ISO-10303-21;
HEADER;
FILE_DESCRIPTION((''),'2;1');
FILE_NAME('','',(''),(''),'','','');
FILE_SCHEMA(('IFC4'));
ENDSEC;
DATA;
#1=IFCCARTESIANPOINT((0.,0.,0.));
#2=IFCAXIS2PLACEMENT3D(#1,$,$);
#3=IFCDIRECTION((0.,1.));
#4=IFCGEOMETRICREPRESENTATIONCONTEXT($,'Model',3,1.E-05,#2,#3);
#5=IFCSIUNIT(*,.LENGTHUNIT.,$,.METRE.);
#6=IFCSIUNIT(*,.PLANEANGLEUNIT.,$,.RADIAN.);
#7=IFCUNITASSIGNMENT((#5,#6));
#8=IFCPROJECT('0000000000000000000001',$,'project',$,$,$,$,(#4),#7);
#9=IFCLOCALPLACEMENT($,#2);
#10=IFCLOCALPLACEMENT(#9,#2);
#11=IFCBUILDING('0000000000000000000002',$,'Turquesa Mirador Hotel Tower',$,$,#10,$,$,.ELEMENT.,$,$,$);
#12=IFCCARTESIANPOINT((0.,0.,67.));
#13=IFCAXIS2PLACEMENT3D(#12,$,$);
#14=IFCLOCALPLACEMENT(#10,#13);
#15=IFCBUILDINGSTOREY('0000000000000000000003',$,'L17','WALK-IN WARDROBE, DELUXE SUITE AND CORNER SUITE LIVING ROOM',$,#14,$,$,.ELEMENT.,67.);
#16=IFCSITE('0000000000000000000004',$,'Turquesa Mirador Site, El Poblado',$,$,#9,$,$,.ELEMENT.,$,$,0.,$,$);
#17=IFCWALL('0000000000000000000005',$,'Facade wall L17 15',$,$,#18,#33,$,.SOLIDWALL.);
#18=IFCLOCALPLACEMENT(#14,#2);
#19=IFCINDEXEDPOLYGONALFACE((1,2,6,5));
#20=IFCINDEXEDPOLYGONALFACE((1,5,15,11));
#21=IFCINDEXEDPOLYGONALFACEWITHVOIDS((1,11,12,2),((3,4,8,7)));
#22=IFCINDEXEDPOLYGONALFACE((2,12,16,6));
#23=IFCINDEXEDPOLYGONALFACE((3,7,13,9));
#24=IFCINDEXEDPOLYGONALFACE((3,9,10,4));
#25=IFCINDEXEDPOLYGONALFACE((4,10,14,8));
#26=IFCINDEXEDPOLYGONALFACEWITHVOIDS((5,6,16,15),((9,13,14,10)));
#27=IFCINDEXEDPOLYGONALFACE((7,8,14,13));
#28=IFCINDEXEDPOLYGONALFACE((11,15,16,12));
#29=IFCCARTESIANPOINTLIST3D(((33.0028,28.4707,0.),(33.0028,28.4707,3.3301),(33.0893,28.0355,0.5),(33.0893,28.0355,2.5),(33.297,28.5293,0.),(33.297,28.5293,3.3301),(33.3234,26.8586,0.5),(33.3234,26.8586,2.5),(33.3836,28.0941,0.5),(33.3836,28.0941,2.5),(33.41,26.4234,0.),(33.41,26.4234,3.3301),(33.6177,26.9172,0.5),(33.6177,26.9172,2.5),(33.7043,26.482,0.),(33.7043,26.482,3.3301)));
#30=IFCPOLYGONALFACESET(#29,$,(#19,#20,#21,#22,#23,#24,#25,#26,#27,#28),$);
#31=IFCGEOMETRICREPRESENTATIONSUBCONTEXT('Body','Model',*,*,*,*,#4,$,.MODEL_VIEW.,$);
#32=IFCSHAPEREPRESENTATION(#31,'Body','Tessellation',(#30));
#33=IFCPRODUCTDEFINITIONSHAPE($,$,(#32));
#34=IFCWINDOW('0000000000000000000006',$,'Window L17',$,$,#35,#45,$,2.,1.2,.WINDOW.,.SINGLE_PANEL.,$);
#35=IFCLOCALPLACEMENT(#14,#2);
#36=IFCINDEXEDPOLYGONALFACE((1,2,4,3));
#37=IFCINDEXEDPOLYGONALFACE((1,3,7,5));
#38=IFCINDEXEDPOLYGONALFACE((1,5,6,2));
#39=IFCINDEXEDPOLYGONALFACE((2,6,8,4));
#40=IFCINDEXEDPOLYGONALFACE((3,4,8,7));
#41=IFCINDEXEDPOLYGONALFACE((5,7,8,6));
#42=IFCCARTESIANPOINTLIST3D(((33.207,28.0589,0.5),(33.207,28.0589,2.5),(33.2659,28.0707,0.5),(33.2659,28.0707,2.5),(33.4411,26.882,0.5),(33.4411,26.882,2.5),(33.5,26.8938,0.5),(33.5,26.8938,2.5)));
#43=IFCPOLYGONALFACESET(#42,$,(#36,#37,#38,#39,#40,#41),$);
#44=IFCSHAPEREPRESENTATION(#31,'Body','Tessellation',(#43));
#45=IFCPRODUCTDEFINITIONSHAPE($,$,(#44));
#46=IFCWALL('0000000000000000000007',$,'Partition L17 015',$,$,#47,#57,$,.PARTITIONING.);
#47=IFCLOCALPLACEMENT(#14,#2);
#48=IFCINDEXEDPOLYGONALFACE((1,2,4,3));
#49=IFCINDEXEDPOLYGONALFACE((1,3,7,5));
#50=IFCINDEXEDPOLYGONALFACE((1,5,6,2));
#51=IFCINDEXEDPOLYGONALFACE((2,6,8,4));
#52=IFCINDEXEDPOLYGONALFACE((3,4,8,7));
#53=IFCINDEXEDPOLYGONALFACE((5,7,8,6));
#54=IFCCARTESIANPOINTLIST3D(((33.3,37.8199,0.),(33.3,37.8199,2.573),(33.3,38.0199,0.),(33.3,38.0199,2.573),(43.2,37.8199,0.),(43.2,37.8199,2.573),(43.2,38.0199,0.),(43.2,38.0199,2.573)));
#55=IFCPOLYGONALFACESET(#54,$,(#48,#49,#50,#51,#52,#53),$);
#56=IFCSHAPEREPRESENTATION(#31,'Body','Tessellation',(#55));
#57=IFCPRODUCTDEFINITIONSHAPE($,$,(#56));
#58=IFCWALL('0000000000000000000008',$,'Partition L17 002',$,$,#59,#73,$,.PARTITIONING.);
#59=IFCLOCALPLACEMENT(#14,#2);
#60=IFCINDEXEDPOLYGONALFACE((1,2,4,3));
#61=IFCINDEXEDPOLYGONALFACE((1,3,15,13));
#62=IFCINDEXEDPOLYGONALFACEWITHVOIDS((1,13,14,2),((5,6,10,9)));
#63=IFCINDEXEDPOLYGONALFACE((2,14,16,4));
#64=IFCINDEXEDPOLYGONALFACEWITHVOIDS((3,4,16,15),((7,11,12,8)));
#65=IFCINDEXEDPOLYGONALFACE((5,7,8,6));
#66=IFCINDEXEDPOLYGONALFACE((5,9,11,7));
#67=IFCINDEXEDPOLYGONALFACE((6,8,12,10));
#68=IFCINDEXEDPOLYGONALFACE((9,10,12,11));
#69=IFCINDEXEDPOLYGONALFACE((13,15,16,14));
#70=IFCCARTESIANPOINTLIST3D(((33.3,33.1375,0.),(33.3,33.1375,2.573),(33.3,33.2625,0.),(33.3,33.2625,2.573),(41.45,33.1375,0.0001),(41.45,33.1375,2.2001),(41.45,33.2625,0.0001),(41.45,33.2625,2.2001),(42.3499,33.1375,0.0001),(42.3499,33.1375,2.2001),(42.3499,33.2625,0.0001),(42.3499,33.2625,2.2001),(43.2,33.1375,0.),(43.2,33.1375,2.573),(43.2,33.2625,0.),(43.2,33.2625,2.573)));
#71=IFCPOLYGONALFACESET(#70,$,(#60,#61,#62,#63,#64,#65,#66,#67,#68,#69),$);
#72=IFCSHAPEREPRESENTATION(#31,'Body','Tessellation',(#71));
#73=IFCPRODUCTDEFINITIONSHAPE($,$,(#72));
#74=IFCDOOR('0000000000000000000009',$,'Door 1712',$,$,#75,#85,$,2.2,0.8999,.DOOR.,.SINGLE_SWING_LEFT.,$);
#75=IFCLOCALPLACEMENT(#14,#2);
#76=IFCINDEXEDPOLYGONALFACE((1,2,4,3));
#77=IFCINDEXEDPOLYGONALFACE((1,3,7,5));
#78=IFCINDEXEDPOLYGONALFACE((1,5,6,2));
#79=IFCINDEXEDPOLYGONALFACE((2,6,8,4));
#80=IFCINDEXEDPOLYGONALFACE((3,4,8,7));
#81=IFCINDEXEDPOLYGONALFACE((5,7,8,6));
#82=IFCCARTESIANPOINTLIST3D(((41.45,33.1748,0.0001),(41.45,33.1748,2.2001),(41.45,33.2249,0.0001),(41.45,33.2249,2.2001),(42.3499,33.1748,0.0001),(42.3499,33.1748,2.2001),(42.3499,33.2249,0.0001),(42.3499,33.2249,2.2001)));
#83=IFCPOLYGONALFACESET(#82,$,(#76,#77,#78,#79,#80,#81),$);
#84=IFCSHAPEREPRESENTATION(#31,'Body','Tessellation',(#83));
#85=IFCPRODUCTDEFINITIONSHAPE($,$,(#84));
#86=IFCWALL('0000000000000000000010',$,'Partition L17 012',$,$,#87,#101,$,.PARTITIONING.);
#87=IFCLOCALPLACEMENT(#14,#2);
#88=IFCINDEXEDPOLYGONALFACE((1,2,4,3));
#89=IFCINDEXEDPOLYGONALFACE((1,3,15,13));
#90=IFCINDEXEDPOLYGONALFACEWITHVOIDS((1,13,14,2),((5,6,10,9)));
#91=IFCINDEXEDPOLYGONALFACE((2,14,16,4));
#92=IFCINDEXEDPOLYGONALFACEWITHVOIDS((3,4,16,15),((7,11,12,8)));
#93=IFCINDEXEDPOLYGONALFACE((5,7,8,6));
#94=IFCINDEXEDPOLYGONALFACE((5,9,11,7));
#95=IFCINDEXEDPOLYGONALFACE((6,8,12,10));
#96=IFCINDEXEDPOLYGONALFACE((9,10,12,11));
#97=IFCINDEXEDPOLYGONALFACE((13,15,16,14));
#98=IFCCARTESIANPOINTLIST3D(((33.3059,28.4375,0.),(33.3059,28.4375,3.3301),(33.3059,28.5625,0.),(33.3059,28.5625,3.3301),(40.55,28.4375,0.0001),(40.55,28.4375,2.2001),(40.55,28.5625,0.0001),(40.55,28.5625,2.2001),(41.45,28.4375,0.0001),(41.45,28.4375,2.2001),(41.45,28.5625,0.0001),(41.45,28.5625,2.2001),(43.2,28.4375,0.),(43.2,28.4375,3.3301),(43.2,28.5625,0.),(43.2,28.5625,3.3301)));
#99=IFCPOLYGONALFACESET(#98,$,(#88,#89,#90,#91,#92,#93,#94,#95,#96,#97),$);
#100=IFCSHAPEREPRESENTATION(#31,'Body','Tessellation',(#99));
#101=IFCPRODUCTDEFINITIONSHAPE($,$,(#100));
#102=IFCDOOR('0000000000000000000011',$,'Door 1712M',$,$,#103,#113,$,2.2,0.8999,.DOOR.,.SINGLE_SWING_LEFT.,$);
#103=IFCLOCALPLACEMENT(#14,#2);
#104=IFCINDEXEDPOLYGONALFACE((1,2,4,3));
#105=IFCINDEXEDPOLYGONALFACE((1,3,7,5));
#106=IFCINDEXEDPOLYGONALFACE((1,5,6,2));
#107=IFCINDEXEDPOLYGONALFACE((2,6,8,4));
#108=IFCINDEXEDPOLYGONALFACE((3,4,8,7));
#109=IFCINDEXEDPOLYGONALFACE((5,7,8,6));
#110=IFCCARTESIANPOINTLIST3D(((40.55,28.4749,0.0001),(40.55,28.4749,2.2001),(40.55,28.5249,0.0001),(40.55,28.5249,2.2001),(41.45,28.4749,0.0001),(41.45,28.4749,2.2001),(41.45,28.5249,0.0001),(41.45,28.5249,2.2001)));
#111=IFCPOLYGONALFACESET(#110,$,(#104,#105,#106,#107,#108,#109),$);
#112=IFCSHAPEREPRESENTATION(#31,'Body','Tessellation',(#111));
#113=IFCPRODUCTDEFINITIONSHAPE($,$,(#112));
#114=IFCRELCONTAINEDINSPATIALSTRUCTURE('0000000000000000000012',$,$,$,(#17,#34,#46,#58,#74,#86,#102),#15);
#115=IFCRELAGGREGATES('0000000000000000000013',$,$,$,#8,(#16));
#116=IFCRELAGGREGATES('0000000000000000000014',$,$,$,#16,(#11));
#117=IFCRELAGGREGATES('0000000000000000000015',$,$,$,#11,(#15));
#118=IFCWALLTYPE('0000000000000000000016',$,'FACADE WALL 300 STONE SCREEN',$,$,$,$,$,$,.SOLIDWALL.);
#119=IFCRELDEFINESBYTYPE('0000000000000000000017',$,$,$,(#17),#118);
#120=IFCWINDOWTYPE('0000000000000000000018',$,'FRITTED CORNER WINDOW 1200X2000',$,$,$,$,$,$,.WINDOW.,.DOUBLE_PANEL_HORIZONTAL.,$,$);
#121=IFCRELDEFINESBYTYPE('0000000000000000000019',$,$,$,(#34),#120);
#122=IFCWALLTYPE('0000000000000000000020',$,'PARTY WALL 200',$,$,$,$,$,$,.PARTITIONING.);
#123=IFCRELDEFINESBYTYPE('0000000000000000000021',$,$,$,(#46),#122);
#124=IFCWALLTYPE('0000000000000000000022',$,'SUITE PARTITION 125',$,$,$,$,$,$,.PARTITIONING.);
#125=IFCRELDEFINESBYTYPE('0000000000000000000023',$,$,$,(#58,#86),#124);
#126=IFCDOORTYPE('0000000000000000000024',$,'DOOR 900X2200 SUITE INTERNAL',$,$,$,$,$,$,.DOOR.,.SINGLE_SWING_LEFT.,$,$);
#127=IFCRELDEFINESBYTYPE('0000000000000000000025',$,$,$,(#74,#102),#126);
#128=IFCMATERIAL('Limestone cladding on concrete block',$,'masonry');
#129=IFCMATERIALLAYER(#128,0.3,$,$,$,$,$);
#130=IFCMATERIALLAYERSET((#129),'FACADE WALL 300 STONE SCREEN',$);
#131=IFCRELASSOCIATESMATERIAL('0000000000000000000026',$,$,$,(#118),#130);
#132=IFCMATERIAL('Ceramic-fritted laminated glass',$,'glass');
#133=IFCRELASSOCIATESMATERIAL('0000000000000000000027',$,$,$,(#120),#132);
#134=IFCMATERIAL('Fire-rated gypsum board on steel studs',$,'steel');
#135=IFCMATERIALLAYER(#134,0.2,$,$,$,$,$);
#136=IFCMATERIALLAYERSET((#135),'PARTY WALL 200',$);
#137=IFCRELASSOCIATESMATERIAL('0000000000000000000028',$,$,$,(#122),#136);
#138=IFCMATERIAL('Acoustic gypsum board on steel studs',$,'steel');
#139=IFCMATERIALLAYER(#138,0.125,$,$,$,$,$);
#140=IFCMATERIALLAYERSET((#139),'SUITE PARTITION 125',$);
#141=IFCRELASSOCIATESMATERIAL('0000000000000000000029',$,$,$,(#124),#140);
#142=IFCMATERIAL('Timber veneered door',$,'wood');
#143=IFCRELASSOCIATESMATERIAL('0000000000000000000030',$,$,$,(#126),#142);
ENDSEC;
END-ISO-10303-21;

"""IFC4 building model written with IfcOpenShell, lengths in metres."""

from ifc_helpers import new_model, si_unit, direction, frame, frame_2d, origin, place, context, subcontext, project, spatial, rectangle, extrude, material, layer, layer_set, type_object, element, fill, save


model = new_model("IFC4")

# Units and contexts
model_context = context("Model", 3, precision=1e-05, world=origin(), true_north=direction((0.0, 1.0)))
body_context = subcontext(model_context, "Body", "Model", "MODEL_VIEW")
ifc_project = project(units=[si_unit("LENGTHUNIT", "METRE"), si_unit("PLANEANGLEUNIT", "RADIAN")], contexts=[model_context])

# Site, building, storey
site_placement = place(None, origin())
site = spatial("IfcSite", under=ifc_project, at=site_placement, Name="Turquesa Mirador Site, El Poblado", CompositionType="ELEMENT", RefElevation=0.0)
building_placement = place(site_placement, origin())
building = spatial("IfcBuilding", under=site, at=building_placement, Name="Turquesa Mirador Hotel Tower", CompositionType="ELEMENT")
storey_placement = place(building_placement, frame((0.0, 0.0, 67.0)))
storey = spatial("IfcBuildingStorey", under=building, at=storey_placement, Name="L17", Description="WALK-IN WARDROBE, DELUXE SUITE AND CORNER SUITE LIVING ROOM", CompositionType="ELEMENT", Elevation=67.0)

# Wall, opening, window
ifc_material_1 = material(Name="Limestone cladding on concrete block", Category="masonry")
ifc_layer_1 = layer(ifc_material_1, 0.3)
ifc_layer_set_1 = layer_set([ifc_layer_1], Name="FACADE WALL 300 STONE SCREEN")
wall_type_1 = type_object("IfcWallType", Name="FACADE WALL 300 STONE SCREEN", PredefinedType="SOLIDWALL", material=ifc_layer_set_1)
wall_1_placement = place(storey_placement, frame((33.1499, 28.5, 0.0), z_axis=(0.0, 0.0, 1.0), x_axis=(0.195081, -0.980787, 0.0)))
wall_1 = element("IfcWall", 1, at=wall_1_placement, inside=storey, type_object=wall_type_1, Name="Facade wall L17 15", PredefinedType="SOLIDWALL", context=body_context, shape_type="SweptSolid", body=[
    extrude(rectangle(XDim=2.0874, YDim=0.3, at=frame_2d((1.0437, 0.0))), origin(), (0.0, 0.0, 1.0), 3.3301),
])
opening_1_placement = place(wall_1_placement, frame((0.4436, 0.0, 0.5)))
opening_1 = element("IfcOpeningElement", 2, at=opening_1_placement, cuts=wall_1, PredefinedType="OPENING", context=body_context, shape_type="SweptSolid", body=[
    extrude(rectangle(XDim=1.2, YDim=2.0, at=frame_2d((0.6001, 1.0))), frame((0.0, 0.1599, 0.0), z_axis=(0.0, -1.0, 0.0), x_axis=(1.0, 0.0, 0.0)), (0.0, 0.0, 1.0), 0.3201),
])
ifc_material_2 = material(Name="Ceramic-fritted laminated glass", Category="glass")
window_type = type_object("IfcWindowType", Name="FRITTED CORNER WINDOW 1200X2000", PartitioningType="DOUBLE_PANEL_HORIZONTAL", PredefinedType="WINDOW", material=ifc_material_2)
window_placement = place(opening_1_placement, origin())
window = element("IfcWindow", 3, at=window_placement, inside=storey, type_object=window_type, Name="Window L17", OverallHeight=2.0, OverallWidth=1.2, PartitioningType="SINGLE_PANEL", PredefinedType="WINDOW", context=body_context, shape_type="SweptSolid", body=[
    extrude(rectangle(XDim=1.2, YDim=2.0, at=frame_2d((0.6001, 1.0))), frame((0.0, 0.03, 0.0), z_axis=(0.0, -1.0, 0.0), x_axis=(1.0, 0.0, 0.0)), (0.0, 0.0, 1.0), 0.0601),
])
fill(opening_1, window)

# Wall
ifc_material_3 = material(Name="Fire-rated gypsum board on steel studs", Category="steel")
ifc_layer_2 = layer(ifc_material_3, 0.2)
ifc_layer_set_2 = layer_set([ifc_layer_2], Name="PARTY WALL 200")
wall_type_2 = type_object("IfcWallType", Name="PARTY WALL 200", PredefinedType="PARTITIONING", material=ifc_layer_set_2)
wall_2_placement = place(storey_placement, frame((33.3, 37.9199, 0.0), z_axis=(0.0, 0.0, 1.0), x_axis=(1.0, 0.0, 0.0)))
element("IfcWall", 4, at=wall_2_placement, inside=storey, type_object=wall_type_2, Name="Partition L17 015", PredefinedType="PARTITIONING", context=body_context, shape_type="SweptSolid", body=[
    extrude(rectangle(XDim=9.8999, YDim=0.2, at=frame_2d((4.95, 0.0))), origin(), (0.0, 0.0, 1.0), 2.573),
])

# Walls, openings, doors
ifc_material_4 = material(Name="Acoustic gypsum board on steel studs", Category="steel")
ifc_layer_3 = layer(ifc_material_4, 0.125)
ifc_layer_set_3 = layer_set([ifc_layer_3], Name="SUITE PARTITION 125")
wall_type_3 = type_object("IfcWallType", Name="SUITE PARTITION 125", PredefinedType="PARTITIONING", material=ifc_layer_set_3)
wall_3_placement = place(storey_placement, frame((33.3, 33.2, 0.0), z_axis=(0.0, 0.0, 1.0), x_axis=(1.0, 0.0, 0.0)))
wall_3 = element("IfcWall", 5, at=wall_3_placement, inside=storey, type_object=wall_type_3, Name="Partition L17 002", PredefinedType="PARTITIONING", context=body_context, shape_type="SweptSolid", body=[
    extrude(rectangle(XDim=9.8999, YDim=0.125, at=frame_2d((4.95, 0.0))), origin(), (0.0, 0.0, 1.0), 2.573),
])
opening_2_placement = place(wall_3_placement, frame((8.1499, 0.0, 0.0)))
opening_2 = element("IfcOpeningElement", 6, at=opening_2_placement, cuts=wall_3, PredefinedType="OPENING", context=body_context, shape_type="SweptSolid", body=[
    extrude(rectangle(XDim=0.8999, YDim=2.2, at=frame_2d((0.45, 1.1001))), frame((0.0, 0.0725, 0.0), z_axis=(0.0, -1.0, 0.0), x_axis=(1.0, 0.0, 0.0)), (0.0, 0.0, 1.0), 0.145),
])
ifc_material_5 = material(Name="Timber veneered door", Category="wood")
door_type = type_object("IfcDoorType", Name="DOOR 900X2200 SUITE INTERNAL", OperationType="SINGLE_SWING_LEFT", PredefinedType="DOOR", material=ifc_material_5)
door_1_placement = place(opening_2_placement, origin())
door_1 = element("IfcDoor", 7, at=door_1_placement, inside=storey, type_object=door_type, Name="Door 1712", OperationType="SINGLE_SWING_LEFT", OverallHeight=2.2, OverallWidth=0.8999, PredefinedType="DOOR", context=body_context, shape_type="SweptSolid", body=[
    extrude(rectangle(XDim=0.8999, YDim=2.2, at=frame_2d((0.45, 1.1001))), frame((0.0, 0.0249, 0.0), z_axis=(0.0, -1.0, 0.0), x_axis=(1.0, 0.0, 0.0)), (0.0, 0.0, 1.0), 0.05),
])
fill(opening_2, door_1)
wall_4_placement = place(storey_placement, frame((33.3059, 28.5, 0.0), z_axis=(0.0, 0.0, 1.0), x_axis=(1.0, 0.0, 0.0)))
wall_4 = element("IfcWall", 8, at=wall_4_placement, inside=storey, type_object=wall_type_3, Name="Partition L17 012", PredefinedType="PARTITIONING", context=body_context, shape_type="SweptSolid", body=[
    extrude(rectangle(XDim=9.894, YDim=0.125, at=frame_2d((4.947, 0.0))), origin(), (0.0, 0.0, 1.0), 3.3301),
])
opening_3_placement = place(wall_4_placement, frame((7.2441, 0.0, 0.0)))
opening_3 = element("IfcOpeningElement", 9, at=opening_3_placement, cuts=wall_4, PredefinedType="OPENING", context=body_context, shape_type="SweptSolid", body=[
    extrude(rectangle(XDim=0.8999, YDim=2.2, at=frame_2d((0.45, 1.1001))), frame((0.0, 0.0725, 0.0), z_axis=(0.0, -1.0, 0.0), x_axis=(1.0, 0.0, 0.0)), (0.0, 0.0, 1.0), 0.145),
])
door_2_placement = place(opening_3_placement, origin())
door_2 = element("IfcDoor", 10, at=door_2_placement, inside=storey, type_object=door_type, Name="Door 1712M", OperationType="SINGLE_SWING_LEFT", OverallHeight=2.2, OverallWidth=0.8999, PredefinedType="DOOR", context=body_context, shape_type="SweptSolid", body=[
    extrude(rectangle(XDim=0.8999, YDim=2.2, at=frame_2d((0.45, 1.1001))), frame((0.0, 0.0249, 0.0), z_axis=(0.0, -1.0, 0.0), x_axis=(1.0, 0.0, 0.0)), (0.0, 0.0, 1.0), 0.05),
])
fill(opening_3, door_2)

save(model, "model.ifc")
